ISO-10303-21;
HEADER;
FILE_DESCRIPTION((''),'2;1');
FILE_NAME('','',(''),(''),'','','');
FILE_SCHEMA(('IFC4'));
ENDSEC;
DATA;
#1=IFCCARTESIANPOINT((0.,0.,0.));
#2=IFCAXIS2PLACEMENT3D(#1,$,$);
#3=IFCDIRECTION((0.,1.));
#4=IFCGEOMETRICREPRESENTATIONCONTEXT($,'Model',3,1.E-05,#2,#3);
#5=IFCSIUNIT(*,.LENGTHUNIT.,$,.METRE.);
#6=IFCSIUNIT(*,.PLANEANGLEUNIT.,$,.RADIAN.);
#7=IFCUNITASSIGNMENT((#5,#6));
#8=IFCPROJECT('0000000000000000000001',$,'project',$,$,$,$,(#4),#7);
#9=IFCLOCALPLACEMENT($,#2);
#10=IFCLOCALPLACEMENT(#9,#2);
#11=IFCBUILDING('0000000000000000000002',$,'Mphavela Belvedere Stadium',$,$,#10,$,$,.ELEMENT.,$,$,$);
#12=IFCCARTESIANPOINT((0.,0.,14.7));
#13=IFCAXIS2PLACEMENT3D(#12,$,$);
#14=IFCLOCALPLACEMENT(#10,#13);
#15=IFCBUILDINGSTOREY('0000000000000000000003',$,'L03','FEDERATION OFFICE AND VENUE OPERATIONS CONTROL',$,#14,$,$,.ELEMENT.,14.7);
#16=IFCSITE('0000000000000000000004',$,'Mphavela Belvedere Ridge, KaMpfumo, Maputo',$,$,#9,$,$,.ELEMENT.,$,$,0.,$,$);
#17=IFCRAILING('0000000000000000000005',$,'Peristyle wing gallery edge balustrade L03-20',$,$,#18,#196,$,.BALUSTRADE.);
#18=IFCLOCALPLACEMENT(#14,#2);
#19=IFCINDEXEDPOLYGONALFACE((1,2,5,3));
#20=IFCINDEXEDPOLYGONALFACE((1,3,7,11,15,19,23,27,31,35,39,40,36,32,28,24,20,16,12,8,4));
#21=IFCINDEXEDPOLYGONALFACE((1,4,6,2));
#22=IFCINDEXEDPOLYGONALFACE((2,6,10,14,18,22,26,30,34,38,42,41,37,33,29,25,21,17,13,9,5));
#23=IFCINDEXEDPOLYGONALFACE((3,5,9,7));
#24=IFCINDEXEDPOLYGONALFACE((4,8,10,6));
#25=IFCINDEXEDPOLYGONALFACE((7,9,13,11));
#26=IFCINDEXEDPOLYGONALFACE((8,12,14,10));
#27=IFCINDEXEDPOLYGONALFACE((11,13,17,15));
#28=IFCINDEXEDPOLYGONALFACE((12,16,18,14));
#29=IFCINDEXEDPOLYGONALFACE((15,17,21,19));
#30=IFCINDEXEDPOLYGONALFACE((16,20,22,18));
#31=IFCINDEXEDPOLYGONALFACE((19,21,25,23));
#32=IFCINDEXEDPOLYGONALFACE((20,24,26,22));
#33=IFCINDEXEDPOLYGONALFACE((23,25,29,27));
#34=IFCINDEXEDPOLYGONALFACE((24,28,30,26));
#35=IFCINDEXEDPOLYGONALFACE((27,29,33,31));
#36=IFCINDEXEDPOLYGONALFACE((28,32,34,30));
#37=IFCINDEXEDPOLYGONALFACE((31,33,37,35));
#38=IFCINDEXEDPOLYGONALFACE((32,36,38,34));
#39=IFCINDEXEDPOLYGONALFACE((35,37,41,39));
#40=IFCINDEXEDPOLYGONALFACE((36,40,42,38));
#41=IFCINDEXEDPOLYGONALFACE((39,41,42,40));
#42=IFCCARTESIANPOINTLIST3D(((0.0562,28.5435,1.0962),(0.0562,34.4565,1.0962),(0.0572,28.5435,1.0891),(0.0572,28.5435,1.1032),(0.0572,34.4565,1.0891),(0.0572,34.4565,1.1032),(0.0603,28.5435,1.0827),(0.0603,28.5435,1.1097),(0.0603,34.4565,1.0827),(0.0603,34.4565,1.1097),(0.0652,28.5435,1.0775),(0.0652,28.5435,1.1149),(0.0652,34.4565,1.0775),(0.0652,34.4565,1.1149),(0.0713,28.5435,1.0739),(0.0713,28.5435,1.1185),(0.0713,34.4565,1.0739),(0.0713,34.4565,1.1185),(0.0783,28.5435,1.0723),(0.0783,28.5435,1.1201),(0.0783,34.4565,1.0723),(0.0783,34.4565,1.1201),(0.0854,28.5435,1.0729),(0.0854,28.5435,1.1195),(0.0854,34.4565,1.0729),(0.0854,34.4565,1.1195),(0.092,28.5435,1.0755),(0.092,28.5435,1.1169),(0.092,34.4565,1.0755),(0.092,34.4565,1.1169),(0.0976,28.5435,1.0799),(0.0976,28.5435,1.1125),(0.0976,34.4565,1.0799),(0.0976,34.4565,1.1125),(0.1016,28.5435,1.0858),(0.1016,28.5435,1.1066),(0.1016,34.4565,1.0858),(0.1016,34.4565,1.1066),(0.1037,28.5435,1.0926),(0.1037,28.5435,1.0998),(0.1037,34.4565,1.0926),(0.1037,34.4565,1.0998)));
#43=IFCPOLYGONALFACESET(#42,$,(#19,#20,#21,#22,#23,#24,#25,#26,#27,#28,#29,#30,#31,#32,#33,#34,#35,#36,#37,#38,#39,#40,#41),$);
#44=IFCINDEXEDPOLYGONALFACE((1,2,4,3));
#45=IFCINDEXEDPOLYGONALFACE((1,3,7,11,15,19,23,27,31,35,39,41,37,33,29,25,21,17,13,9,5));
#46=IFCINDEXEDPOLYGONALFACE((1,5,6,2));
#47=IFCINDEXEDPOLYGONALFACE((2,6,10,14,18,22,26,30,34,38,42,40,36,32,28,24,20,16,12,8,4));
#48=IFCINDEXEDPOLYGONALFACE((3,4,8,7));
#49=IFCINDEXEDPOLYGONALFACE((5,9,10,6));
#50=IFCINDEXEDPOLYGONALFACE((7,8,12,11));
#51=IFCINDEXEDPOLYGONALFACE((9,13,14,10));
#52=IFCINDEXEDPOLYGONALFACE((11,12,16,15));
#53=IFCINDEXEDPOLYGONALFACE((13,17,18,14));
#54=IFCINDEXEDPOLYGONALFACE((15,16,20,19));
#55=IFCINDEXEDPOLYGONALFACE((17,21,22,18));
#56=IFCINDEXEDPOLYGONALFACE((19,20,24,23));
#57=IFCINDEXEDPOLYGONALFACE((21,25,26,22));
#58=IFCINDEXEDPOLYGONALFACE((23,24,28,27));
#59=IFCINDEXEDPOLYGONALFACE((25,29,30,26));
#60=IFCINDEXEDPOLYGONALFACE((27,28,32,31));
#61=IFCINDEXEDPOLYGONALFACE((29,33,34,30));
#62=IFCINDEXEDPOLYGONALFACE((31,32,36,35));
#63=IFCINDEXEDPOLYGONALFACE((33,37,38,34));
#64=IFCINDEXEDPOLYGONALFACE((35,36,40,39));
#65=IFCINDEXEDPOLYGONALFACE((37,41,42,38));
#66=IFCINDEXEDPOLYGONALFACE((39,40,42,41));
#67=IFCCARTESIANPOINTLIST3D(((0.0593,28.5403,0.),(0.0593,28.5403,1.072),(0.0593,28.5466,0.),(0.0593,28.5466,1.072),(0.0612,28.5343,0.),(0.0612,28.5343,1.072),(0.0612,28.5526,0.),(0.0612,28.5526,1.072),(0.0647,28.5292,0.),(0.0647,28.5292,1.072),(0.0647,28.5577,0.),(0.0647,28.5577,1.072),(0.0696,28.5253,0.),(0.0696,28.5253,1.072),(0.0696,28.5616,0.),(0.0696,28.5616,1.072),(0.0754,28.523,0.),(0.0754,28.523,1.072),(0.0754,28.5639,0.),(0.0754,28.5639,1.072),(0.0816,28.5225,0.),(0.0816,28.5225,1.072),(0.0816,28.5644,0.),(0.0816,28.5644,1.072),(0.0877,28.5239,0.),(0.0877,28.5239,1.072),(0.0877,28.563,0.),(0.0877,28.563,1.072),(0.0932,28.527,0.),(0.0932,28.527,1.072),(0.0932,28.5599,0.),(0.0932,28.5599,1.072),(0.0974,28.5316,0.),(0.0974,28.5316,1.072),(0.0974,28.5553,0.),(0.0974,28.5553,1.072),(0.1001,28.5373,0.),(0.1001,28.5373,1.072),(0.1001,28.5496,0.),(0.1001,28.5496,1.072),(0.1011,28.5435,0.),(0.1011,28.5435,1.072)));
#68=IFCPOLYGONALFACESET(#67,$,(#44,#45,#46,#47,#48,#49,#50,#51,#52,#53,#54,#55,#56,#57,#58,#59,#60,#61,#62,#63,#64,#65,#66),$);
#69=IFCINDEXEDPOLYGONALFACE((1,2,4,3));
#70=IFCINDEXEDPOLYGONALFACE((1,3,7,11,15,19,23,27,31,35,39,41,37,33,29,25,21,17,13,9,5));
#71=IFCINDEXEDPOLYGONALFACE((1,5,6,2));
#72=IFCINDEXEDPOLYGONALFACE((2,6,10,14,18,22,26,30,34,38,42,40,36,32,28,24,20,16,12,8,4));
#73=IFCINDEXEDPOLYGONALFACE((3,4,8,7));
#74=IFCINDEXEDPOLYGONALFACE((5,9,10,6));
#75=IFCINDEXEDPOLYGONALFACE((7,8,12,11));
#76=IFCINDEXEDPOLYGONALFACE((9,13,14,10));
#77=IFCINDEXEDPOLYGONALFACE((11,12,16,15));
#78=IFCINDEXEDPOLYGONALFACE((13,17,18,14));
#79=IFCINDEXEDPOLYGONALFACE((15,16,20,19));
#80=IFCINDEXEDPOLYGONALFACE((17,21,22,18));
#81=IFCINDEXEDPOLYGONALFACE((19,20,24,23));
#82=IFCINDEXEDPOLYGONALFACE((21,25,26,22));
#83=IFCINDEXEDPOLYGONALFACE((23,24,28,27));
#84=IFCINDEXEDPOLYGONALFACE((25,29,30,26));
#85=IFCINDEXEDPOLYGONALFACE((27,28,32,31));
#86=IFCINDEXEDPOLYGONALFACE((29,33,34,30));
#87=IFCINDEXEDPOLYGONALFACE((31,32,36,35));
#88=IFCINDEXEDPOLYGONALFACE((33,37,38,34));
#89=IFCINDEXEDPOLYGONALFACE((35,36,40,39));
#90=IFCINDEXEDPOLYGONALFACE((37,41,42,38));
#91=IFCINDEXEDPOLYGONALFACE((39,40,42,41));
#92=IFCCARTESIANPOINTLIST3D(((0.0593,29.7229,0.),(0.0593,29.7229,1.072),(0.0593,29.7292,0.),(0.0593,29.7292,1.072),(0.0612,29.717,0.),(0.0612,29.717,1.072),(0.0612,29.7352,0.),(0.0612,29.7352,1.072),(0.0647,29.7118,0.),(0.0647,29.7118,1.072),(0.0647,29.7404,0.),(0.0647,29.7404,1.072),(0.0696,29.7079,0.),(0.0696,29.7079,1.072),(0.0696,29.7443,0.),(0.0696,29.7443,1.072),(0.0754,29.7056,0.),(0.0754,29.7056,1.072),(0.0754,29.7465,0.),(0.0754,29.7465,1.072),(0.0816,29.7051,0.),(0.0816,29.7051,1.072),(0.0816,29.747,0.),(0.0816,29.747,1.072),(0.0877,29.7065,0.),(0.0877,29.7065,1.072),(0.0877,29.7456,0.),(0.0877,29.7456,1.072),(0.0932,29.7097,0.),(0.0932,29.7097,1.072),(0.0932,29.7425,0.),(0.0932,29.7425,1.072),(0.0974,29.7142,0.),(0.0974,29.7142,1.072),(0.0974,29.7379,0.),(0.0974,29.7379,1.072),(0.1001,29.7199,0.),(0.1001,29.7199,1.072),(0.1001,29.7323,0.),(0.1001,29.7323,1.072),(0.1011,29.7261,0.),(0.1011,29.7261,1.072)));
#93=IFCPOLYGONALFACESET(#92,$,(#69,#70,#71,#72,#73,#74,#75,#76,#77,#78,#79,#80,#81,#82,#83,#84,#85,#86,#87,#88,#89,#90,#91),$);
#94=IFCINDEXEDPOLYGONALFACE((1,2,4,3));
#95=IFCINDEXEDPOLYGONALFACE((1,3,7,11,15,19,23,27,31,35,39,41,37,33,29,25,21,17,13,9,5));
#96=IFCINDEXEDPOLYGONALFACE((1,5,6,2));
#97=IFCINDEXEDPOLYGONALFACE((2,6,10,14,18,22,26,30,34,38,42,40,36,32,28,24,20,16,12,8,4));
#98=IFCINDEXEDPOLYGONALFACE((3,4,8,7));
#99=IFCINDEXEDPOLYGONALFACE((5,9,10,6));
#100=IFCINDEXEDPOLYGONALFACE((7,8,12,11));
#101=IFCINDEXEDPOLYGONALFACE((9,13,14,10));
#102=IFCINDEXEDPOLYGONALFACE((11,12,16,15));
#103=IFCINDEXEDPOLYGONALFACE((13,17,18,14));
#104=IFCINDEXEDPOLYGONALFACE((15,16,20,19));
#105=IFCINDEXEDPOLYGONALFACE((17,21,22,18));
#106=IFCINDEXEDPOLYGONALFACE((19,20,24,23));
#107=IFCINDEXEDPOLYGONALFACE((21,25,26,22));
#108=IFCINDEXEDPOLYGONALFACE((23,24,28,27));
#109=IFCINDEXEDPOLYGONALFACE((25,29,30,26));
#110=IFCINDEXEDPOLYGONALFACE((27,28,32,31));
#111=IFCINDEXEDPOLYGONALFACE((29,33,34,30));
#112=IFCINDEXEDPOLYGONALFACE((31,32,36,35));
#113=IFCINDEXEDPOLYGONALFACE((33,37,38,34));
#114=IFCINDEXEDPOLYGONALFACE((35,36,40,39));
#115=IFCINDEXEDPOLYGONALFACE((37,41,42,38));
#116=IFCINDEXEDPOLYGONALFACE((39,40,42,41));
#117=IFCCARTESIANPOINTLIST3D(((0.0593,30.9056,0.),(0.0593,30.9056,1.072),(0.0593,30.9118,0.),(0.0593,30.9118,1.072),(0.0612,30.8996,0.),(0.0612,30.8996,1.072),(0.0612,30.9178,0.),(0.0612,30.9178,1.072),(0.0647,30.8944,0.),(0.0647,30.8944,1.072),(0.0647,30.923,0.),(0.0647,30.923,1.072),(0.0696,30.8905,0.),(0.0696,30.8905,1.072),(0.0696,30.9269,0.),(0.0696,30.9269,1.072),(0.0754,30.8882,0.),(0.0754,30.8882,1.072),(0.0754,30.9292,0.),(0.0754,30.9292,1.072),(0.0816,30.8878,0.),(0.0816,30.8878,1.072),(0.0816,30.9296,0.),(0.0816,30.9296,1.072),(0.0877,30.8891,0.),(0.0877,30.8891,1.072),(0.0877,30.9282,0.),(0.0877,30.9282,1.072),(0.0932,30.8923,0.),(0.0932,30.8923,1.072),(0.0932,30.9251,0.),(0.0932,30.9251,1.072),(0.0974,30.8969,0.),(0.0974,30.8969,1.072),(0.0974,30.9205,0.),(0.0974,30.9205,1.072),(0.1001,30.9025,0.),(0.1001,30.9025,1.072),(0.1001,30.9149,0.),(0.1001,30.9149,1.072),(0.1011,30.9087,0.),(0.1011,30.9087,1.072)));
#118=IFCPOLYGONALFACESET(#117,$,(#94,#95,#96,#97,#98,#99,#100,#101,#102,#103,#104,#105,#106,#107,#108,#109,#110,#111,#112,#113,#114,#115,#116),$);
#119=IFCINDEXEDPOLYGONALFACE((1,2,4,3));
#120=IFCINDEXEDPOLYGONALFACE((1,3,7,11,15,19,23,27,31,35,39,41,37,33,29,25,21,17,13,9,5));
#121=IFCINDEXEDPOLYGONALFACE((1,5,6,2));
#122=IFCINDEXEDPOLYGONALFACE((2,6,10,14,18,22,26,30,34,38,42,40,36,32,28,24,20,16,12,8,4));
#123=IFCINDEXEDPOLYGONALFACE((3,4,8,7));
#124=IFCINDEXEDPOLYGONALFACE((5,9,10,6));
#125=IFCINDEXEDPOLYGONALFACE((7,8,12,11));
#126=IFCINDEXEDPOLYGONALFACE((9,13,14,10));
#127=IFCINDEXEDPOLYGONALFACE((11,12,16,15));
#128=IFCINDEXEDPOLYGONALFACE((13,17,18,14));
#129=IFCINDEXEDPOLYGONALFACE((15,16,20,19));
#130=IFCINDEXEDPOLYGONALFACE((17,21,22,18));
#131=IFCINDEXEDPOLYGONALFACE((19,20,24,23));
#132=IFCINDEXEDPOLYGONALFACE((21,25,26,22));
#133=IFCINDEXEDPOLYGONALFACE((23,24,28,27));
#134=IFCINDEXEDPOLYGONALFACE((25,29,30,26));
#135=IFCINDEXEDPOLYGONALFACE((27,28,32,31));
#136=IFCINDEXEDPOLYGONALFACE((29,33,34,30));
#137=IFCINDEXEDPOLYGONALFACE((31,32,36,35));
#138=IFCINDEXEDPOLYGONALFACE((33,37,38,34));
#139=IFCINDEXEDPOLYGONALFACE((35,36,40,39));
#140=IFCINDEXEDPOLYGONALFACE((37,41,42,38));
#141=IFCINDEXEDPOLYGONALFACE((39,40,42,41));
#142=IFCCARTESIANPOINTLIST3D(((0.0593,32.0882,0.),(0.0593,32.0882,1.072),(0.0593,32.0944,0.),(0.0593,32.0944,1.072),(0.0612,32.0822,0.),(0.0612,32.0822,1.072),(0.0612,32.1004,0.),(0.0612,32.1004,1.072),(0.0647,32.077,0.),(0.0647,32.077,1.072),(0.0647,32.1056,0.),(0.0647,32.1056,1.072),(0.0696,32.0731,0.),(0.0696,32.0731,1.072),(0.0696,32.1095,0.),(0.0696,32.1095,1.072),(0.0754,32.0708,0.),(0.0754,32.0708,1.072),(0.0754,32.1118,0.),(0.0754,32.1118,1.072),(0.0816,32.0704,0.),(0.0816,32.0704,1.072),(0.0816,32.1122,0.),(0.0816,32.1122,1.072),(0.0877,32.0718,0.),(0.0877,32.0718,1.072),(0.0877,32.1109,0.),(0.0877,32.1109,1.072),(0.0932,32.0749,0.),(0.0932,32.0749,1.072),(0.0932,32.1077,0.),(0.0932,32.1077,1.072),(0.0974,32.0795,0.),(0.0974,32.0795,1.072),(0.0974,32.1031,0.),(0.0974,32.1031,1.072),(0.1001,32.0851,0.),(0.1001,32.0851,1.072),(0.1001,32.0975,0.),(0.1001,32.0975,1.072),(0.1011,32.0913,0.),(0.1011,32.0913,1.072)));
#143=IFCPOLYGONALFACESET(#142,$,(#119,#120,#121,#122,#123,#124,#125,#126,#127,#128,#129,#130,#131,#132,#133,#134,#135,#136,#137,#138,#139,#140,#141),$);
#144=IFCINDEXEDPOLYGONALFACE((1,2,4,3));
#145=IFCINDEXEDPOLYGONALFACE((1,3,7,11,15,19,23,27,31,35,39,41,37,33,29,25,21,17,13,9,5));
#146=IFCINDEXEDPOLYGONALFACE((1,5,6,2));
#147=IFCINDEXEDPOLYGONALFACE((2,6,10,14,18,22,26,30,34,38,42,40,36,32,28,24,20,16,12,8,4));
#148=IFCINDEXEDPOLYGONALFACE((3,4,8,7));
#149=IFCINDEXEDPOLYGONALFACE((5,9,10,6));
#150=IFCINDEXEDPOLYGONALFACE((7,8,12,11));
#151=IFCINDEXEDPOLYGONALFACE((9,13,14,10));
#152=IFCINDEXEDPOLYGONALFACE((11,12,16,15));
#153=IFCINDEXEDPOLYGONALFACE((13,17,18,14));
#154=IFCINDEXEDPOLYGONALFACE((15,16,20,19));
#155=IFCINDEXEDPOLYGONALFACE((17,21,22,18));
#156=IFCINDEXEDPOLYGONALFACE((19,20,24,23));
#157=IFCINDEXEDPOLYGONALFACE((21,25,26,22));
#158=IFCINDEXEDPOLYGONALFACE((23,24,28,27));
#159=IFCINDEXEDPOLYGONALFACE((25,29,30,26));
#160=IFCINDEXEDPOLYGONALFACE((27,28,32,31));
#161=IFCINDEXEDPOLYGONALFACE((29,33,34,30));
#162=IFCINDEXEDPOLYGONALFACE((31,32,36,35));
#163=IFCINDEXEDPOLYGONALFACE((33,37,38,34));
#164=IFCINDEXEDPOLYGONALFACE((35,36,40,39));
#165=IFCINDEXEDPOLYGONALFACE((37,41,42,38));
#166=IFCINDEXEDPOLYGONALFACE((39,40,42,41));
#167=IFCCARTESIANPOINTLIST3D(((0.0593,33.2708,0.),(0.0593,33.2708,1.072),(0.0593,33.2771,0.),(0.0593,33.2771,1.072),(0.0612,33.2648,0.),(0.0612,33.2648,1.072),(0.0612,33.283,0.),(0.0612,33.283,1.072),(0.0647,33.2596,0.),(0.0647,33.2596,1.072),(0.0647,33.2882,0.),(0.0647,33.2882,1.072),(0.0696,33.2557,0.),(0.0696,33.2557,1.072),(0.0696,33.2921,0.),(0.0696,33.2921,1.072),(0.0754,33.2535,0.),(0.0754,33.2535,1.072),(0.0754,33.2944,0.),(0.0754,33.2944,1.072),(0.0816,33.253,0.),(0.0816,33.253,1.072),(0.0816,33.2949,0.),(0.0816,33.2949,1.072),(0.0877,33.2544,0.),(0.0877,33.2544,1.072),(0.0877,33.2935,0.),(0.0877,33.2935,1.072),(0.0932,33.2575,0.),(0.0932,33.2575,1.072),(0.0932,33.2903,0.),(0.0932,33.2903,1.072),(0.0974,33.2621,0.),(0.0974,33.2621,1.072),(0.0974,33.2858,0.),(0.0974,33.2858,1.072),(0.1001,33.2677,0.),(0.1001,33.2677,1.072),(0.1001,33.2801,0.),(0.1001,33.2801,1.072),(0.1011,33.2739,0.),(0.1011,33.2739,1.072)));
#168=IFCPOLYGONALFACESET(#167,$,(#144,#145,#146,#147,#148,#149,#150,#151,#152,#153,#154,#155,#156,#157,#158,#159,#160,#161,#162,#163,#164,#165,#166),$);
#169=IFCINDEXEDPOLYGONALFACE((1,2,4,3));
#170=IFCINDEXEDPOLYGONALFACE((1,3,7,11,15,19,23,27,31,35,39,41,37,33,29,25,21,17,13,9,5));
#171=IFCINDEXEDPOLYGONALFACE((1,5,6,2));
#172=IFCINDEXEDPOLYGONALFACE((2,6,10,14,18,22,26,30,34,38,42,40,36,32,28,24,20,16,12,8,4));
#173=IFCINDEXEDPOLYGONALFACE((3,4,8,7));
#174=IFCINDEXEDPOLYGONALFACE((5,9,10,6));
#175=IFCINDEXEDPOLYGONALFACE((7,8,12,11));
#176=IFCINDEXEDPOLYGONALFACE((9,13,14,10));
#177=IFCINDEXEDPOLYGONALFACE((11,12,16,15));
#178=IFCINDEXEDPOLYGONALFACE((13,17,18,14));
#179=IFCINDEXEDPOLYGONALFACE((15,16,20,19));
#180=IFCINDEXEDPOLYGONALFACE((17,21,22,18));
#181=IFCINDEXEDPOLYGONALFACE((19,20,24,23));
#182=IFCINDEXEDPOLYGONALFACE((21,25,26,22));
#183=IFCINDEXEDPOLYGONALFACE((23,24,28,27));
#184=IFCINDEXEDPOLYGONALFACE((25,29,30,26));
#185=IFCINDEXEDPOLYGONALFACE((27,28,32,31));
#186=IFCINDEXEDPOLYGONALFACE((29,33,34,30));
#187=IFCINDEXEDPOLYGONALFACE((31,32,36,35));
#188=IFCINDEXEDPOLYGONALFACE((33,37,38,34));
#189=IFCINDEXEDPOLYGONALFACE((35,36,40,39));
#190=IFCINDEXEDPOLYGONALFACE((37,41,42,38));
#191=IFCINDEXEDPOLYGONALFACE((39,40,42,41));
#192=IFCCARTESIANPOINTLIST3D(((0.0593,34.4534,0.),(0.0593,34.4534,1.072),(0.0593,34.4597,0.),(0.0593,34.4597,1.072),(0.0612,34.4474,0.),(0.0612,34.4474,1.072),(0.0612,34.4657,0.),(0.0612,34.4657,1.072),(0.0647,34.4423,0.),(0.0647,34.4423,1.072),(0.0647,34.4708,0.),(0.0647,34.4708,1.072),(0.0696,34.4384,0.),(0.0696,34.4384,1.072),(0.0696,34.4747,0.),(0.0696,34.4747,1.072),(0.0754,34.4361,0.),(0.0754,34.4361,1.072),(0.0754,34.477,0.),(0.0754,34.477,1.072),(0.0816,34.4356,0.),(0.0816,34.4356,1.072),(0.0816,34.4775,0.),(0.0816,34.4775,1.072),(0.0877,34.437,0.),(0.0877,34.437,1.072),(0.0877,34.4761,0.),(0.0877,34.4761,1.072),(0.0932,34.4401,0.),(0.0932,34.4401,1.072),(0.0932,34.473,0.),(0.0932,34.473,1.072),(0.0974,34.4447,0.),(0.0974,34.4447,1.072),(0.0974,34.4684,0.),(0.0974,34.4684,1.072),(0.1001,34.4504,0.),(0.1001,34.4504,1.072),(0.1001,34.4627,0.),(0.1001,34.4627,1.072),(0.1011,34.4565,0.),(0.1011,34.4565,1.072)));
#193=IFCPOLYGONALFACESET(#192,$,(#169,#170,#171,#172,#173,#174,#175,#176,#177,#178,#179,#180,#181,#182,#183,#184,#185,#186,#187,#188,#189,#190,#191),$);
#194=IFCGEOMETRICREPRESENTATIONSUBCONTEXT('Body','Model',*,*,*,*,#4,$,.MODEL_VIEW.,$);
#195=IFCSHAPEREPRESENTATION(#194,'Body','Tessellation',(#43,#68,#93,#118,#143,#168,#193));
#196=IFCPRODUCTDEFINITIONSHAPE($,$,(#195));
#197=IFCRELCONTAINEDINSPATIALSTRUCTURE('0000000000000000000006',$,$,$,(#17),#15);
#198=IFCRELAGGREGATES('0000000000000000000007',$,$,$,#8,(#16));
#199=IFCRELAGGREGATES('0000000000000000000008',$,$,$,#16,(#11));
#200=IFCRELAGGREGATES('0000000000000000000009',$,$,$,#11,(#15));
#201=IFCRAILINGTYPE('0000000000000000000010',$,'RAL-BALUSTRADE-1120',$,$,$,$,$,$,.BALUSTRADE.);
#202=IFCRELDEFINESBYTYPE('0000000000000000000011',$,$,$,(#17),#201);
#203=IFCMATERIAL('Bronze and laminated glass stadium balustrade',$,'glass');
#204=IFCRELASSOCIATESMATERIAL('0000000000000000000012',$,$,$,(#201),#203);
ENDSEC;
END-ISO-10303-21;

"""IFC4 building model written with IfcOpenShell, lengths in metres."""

from ifc_helpers import new_model, si_unit, direction, frame, origin, origin_2d, place, context, subcontext, project, spatial, circle, extrude, material, type_object, element, save


model = new_model("IFC4")

# Units and contexts
model_context = context("Model", 3, precision=1e-05, world=origin(), true_north=direction((0.0, 1.0)))
body_context = subcontext(model_context, "Body", "Model", "MODEL_VIEW")
ifc_project = project(units=[si_unit("LENGTHUNIT", "METRE"), si_unit("PLANEANGLEUNIT", "RADIAN")], contexts=[model_context])

# Site, building, storey
site_placement = place(None, origin())
site = spatial("IfcSite", under=ifc_project, at=site_placement, Name="Mphavela Belvedere Ridge, KaMpfumo, Maputo", CompositionType="ELEMENT", RefElevation=0.0)
building_placement = place(site_placement, origin())
building = spatial("IfcBuilding", under=site, at=building_placement, Name="Mphavela Belvedere Stadium", CompositionType="ELEMENT")
storey_placement = place(building_placement, frame((0.0, 0.0, 14.7)))
storey = spatial("IfcBuildingStorey", under=building, at=storey_placement, Name="L03", Description="FEDERATION OFFICE AND VENUE OPERATIONS CONTROL", CompositionType="ELEMENT", Elevation=14.7)

# Railing
ifc_material_1 = material(Name="Bronze and laminated glass stadium balustrade", Category="glass")
railing_type = type_object("IfcRailingType", Name="RAL-BALUSTRADE-1120", PredefinedType="BALUSTRADE", material=ifc_material_1)
for number, where, name in (
    (1, (0.0801, 28.5435, 0.0), "Peristyle wing gallery edge balustrade L03-20"),
):
    element("IfcRailing", number, at=place(storey_placement, frame(where)), inside=storey, type_object=railing_type, Name=name, PredefinedType="BALUSTRADE", context=body_context, shape_type="SweptSolid", body=[
        extrude(circle(Radius=0.0239, at=origin_2d()), frame((0.0, 0.0, 1.0962), z_axis=(0.0, 1.0, 0.0), x_axis=(-1.0, 0.0, 0.0)), (0.0, 0.0, 1.0), 5.9131),
        extrude(circle(Radius=0.021, at=origin_2d()), origin(), (0.0, 0.0, 1.0), 1.072),
        extrude(circle(Radius=0.021, at=origin_2d()), frame((0.0, 1.1826, 0.0)), (0.0, 0.0, 1.0), 1.072),
        extrude(circle(Radius=0.021, at=origin_2d()), frame((0.0, 2.3652, 0.0)), (0.0, 0.0, 1.0), 1.072),
        extrude(circle(Radius=0.021, at=origin_2d()), frame((0.0, 3.5479, 0.0)), (0.0, 0.0, 1.0), 1.072),
        extrude(circle(Radius=0.021, at=origin_2d()), frame((0.0, 4.7305, 0.0)), (0.0, 0.0, 1.0), 1.072),
        extrude(circle(Radius=0.021, at=origin_2d()), frame((0.0, 5.9131, 0.0)), (0.0, 0.0, 1.0), 1.072),
    ])

save(model, "model.ifc")
